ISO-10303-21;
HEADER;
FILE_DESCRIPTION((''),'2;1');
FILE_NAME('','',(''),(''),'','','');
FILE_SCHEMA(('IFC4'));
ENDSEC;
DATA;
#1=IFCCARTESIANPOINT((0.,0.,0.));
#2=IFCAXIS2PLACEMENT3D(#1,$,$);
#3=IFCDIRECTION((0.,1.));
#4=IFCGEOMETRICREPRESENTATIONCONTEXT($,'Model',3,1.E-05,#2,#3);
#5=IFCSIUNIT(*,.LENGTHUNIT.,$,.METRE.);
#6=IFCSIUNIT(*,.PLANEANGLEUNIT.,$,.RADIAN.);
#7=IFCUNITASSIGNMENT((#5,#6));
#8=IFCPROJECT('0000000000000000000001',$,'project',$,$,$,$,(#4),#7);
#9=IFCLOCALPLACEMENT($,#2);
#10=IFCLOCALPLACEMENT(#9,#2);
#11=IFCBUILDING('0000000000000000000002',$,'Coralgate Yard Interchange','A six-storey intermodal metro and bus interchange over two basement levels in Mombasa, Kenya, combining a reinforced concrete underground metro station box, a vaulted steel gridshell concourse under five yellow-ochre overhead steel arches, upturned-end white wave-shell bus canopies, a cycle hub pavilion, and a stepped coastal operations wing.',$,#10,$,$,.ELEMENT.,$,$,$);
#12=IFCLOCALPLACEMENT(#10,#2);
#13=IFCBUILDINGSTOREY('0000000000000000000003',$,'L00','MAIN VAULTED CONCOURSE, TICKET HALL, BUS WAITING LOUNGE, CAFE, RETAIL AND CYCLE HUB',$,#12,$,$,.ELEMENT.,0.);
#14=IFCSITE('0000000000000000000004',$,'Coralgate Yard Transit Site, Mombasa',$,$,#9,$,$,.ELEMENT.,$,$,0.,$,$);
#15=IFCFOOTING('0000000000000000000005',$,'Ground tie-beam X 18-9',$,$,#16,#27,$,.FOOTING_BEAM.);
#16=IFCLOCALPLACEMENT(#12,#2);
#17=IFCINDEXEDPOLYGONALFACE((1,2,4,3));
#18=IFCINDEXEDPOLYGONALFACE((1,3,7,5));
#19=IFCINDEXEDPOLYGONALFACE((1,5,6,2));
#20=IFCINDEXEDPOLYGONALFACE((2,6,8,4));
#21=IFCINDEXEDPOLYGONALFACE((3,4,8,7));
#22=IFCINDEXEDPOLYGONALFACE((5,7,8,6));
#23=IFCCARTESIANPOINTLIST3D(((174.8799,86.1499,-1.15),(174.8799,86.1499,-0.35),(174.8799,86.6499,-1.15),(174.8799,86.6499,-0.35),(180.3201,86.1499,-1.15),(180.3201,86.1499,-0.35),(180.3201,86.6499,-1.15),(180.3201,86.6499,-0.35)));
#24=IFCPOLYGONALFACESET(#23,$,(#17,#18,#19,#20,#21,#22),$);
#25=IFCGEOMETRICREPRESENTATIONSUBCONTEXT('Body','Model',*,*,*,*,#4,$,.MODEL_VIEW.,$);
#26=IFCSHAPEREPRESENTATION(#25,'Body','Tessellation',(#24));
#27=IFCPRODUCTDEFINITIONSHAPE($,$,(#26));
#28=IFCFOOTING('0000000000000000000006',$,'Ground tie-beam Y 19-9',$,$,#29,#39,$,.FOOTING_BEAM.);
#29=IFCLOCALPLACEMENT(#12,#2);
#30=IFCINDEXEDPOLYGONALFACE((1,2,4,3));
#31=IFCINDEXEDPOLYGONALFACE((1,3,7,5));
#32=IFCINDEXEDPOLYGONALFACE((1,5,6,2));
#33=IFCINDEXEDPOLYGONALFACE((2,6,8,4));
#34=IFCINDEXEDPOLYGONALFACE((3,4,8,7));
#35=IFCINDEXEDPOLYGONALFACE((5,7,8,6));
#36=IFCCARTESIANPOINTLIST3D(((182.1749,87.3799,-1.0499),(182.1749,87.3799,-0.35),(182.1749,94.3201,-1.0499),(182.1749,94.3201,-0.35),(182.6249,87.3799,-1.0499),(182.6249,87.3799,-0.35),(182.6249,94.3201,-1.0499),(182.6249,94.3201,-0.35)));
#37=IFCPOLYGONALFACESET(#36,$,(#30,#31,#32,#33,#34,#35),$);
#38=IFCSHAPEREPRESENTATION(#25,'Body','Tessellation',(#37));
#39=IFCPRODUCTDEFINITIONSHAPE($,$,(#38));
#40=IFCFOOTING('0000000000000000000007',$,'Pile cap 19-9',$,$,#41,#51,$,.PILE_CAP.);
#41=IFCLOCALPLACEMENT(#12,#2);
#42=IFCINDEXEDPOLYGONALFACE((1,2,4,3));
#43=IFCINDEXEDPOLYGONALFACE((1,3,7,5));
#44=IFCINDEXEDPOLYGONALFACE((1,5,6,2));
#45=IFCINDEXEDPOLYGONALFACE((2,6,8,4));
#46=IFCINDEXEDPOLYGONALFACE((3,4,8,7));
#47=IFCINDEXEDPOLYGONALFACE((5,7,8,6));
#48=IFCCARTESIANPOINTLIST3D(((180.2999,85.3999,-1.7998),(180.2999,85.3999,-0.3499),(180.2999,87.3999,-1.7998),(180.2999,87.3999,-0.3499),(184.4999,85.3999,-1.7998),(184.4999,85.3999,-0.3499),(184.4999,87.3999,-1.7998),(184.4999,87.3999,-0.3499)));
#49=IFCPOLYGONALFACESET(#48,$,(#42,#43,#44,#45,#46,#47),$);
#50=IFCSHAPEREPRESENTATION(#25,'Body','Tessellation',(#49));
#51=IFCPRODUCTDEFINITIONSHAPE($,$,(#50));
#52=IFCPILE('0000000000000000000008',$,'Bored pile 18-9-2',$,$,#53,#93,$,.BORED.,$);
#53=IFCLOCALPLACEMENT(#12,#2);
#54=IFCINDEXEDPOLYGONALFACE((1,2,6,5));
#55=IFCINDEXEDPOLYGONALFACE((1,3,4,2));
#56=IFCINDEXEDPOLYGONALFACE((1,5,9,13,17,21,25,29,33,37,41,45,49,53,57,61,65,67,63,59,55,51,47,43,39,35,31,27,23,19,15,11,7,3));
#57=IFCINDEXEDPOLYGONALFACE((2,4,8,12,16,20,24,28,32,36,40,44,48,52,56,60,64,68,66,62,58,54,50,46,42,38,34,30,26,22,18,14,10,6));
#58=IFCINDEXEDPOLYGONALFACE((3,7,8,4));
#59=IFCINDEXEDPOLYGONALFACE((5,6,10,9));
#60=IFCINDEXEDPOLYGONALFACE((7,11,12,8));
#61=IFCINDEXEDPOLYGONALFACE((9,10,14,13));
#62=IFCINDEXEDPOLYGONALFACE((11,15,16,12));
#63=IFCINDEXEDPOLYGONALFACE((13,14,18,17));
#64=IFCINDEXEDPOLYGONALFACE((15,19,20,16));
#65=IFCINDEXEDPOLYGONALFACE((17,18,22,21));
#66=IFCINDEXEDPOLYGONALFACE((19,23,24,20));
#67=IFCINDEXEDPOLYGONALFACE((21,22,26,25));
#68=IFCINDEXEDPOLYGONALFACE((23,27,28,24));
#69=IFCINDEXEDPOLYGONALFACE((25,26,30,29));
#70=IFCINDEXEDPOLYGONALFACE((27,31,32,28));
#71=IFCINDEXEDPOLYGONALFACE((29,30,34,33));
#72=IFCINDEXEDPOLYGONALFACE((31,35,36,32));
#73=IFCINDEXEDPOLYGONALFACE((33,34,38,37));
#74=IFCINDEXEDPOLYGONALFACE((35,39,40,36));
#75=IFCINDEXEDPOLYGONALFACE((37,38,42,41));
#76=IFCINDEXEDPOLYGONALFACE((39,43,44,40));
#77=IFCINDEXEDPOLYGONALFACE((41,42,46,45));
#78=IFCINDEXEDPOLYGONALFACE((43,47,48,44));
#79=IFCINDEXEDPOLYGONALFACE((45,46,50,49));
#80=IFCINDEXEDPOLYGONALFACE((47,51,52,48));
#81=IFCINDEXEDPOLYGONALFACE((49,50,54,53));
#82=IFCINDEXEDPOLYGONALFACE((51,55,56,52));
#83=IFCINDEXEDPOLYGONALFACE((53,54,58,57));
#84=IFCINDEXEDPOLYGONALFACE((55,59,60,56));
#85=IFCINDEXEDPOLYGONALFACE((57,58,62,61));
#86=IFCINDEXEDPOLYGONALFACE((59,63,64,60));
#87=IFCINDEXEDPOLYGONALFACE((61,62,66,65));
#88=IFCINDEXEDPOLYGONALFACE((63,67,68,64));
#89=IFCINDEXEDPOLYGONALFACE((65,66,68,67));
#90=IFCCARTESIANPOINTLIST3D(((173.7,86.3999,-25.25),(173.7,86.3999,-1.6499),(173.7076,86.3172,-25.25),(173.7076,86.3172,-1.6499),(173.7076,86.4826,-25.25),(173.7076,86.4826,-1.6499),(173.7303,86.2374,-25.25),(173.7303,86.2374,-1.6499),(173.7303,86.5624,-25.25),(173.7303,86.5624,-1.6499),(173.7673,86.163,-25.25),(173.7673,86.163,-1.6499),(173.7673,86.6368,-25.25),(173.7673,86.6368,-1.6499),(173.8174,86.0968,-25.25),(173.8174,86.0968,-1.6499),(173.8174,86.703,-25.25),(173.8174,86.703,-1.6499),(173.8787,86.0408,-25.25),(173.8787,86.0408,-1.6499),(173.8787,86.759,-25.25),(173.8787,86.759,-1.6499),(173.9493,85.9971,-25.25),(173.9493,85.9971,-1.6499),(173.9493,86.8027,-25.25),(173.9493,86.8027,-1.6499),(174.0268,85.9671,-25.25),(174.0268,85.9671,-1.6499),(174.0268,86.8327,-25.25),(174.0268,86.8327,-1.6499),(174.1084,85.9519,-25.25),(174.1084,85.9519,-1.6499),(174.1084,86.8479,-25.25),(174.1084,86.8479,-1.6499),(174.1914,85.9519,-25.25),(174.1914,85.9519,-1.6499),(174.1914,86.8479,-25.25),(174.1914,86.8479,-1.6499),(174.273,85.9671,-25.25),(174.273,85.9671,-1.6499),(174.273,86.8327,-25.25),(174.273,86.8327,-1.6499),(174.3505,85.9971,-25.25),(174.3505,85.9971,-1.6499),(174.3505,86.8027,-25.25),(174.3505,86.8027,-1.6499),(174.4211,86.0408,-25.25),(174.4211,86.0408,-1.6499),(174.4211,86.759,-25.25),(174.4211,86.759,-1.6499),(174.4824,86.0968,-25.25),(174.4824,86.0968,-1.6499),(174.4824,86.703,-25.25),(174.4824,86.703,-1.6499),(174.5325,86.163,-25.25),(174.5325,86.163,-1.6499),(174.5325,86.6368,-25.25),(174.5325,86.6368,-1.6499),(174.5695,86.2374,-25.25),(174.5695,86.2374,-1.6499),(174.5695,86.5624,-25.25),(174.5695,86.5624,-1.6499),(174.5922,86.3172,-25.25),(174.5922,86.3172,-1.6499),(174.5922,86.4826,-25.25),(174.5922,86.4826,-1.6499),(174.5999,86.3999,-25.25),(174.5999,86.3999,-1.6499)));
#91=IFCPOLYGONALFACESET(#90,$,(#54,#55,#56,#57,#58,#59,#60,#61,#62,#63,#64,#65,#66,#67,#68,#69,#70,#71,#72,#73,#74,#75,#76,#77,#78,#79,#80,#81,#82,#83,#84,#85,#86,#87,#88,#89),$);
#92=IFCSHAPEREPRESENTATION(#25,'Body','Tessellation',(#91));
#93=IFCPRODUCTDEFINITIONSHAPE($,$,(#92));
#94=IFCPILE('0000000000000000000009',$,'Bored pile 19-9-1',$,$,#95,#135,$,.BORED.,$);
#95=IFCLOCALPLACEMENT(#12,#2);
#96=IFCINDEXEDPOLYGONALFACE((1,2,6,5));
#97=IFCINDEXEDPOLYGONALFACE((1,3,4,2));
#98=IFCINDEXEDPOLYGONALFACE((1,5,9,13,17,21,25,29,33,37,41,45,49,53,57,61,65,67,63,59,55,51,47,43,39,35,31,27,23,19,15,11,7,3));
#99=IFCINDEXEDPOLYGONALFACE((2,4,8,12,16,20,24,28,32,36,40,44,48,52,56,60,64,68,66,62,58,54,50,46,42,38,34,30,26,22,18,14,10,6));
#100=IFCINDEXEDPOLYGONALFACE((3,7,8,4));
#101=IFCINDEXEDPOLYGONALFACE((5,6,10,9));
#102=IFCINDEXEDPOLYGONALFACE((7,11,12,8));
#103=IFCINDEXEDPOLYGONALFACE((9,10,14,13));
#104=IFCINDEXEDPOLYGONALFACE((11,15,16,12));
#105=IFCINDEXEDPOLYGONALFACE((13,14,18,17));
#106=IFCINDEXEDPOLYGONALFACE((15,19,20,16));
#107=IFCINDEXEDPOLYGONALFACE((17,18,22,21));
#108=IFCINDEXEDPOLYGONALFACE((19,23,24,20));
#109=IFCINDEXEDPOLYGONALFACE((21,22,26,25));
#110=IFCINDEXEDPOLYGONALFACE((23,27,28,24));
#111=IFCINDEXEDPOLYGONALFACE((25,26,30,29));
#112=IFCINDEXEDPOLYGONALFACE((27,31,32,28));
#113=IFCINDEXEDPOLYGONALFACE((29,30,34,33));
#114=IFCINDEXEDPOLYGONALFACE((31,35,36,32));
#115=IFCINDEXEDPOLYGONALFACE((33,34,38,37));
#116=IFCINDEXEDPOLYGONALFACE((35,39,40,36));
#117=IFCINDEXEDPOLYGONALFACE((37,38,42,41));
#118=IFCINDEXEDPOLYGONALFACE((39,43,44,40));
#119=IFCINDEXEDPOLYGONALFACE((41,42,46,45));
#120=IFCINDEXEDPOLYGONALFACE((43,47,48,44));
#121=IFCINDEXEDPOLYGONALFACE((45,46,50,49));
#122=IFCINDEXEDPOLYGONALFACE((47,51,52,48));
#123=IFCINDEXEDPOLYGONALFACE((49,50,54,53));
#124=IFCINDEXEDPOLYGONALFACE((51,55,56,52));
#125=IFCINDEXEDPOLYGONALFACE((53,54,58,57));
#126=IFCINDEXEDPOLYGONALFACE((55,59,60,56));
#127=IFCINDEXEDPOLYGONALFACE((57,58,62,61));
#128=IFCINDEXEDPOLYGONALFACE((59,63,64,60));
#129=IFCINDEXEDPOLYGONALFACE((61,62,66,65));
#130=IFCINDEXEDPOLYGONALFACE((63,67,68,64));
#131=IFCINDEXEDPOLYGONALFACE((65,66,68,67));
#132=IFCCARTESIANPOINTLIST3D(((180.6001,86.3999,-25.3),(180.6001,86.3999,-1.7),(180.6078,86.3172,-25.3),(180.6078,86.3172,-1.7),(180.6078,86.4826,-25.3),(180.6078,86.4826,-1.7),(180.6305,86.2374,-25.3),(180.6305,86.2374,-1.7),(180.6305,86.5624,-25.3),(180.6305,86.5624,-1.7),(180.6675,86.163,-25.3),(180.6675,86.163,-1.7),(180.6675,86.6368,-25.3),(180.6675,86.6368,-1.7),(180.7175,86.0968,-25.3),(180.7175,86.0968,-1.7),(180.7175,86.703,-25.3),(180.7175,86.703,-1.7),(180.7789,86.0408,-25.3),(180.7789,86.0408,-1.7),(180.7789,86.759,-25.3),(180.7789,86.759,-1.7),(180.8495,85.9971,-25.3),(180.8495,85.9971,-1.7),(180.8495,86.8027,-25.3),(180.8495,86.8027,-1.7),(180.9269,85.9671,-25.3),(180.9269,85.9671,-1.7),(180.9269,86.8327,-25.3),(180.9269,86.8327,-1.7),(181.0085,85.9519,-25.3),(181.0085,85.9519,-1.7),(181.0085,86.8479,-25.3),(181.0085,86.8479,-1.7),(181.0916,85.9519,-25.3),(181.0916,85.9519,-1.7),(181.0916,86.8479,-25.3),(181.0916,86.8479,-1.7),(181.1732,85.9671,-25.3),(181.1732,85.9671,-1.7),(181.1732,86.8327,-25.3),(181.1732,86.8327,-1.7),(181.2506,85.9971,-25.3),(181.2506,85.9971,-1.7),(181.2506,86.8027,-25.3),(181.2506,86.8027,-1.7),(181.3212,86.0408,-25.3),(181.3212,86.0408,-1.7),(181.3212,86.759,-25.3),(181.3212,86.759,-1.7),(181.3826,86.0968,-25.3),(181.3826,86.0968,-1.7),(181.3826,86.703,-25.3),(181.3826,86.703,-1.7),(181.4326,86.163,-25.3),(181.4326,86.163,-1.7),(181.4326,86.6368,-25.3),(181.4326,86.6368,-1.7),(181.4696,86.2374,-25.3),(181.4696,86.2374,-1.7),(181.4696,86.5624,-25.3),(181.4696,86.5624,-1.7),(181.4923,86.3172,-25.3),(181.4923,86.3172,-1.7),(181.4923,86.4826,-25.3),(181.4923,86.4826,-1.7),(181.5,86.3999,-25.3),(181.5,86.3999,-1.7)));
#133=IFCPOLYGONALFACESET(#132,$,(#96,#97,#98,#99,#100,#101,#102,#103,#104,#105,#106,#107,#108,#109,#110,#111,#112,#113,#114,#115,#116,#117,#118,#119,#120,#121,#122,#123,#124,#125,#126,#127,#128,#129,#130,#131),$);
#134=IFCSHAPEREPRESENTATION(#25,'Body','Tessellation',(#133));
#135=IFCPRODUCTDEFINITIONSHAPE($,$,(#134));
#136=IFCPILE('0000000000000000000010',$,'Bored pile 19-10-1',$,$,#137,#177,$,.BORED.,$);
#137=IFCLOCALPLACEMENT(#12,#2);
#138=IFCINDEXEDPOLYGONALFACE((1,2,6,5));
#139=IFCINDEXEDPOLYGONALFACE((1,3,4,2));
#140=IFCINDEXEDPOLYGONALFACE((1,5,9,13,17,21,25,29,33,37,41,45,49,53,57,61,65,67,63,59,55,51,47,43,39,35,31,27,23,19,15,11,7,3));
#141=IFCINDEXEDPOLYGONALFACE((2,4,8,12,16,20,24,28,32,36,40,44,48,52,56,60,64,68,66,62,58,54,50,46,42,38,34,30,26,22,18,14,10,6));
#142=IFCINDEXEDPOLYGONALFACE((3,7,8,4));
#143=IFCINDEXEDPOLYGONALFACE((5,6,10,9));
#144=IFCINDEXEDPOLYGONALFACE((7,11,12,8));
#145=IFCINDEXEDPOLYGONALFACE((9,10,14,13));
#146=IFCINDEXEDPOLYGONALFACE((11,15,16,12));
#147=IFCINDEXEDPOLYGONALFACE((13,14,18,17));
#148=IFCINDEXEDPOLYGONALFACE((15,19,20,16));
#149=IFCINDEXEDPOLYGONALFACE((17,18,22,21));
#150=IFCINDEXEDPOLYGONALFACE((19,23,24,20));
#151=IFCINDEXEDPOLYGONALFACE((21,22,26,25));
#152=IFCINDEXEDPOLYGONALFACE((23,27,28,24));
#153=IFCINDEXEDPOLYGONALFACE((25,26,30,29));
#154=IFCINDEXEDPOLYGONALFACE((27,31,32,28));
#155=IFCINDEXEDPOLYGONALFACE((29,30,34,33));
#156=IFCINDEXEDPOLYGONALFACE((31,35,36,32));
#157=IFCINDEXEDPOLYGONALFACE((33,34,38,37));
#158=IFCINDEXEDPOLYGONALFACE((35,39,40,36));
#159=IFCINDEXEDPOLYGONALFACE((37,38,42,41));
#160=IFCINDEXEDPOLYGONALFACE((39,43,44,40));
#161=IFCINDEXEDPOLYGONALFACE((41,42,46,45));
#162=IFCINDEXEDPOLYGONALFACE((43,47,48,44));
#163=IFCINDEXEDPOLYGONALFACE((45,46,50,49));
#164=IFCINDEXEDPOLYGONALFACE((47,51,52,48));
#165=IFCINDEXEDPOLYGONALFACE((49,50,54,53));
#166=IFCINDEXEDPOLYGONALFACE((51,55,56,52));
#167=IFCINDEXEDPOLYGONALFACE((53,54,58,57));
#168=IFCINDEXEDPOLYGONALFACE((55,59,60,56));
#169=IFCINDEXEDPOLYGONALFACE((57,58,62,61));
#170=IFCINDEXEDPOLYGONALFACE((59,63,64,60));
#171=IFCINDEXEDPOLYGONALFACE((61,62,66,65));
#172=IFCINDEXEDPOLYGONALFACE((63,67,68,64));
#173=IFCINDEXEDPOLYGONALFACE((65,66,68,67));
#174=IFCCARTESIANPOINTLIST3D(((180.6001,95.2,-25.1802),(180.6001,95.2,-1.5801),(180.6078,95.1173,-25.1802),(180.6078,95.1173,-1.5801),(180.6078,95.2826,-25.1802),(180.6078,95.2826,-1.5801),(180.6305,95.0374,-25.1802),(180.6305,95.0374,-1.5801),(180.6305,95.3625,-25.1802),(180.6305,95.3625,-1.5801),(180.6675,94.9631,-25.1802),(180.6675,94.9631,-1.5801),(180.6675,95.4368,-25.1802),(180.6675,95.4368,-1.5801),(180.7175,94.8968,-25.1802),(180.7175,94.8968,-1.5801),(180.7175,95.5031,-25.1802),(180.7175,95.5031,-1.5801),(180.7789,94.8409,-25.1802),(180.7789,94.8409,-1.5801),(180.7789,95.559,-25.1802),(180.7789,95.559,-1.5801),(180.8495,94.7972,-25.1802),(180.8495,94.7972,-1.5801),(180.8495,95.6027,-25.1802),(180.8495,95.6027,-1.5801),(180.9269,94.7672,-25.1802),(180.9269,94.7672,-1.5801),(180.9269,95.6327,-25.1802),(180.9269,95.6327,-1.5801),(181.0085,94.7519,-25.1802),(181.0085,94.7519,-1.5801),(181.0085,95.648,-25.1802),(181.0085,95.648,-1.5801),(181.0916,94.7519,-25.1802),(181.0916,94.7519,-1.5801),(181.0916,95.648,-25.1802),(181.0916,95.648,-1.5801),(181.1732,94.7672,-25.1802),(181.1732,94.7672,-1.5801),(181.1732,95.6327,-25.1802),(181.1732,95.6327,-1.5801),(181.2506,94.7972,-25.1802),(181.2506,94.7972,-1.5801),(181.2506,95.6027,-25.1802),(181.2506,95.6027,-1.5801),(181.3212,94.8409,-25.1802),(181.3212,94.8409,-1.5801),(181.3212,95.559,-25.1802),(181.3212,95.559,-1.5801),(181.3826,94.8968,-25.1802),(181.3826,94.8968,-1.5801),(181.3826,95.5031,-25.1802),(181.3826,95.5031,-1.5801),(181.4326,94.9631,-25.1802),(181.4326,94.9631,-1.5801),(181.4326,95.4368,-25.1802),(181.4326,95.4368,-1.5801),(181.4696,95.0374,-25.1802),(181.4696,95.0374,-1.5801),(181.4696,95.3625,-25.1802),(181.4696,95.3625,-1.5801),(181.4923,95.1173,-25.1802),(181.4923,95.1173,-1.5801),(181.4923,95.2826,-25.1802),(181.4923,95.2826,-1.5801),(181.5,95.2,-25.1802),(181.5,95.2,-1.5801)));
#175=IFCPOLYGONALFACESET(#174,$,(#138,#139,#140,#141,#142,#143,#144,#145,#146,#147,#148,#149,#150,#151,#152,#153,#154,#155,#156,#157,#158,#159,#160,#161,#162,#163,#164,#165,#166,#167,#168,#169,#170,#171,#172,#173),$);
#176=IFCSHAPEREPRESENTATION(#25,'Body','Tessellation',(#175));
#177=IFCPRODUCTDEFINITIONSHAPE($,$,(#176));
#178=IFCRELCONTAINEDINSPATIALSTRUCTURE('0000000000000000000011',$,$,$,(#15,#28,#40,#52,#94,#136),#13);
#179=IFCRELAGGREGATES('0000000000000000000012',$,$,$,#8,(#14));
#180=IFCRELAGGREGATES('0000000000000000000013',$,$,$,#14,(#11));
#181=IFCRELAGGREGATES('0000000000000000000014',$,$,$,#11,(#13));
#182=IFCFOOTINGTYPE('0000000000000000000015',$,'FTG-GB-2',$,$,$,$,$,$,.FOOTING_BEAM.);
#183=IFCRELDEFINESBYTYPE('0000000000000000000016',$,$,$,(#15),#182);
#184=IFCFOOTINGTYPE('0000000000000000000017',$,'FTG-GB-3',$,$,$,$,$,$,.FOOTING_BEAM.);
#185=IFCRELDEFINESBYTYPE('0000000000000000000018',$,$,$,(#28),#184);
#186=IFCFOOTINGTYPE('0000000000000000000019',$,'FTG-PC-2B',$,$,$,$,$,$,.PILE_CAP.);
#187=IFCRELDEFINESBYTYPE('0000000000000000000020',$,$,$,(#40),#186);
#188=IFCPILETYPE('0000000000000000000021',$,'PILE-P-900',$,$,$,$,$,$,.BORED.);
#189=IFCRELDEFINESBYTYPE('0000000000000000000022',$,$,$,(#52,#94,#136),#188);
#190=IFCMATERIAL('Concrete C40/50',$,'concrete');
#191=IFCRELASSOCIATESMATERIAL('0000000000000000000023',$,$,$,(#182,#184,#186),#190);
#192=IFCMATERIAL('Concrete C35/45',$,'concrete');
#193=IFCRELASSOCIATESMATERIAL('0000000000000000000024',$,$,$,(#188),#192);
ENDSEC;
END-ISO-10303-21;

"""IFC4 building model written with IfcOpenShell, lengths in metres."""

from ifc_helpers import new_model, si_unit, direction, frame, origin, origin_2d, place, context, subcontext, project, spatial, rectangle, circle, extrude, material, material_profile, profile_set, type_object, element, save


model = new_model("IFC4")

# Units and contexts
model_context = context("Model", 3, precision=1e-05, world=origin(), true_north=direction((0.0, 1.0)))
body_context = subcontext(model_context, "Body", "Model", "MODEL_VIEW")
ifc_project = project(units=[si_unit("LENGTHUNIT", "METRE"), si_unit("PLANEANGLEUNIT", "RADIAN")], contexts=[model_context])

# Site, building, storey
site_placement = place(None, origin())
site = spatial("IfcSite", under=ifc_project, at=site_placement, Name="Coralgate Yard Transit Site, Mombasa", CompositionType="ELEMENT", RefElevation=0.0)
building_placement = place(site_placement, origin())
building = spatial("IfcBuilding", under=site, at=building_placement, Name="Coralgate Yard Interchange", Description="A six-storey intermodal metro and bus interchange over two basement levels in Mombasa, Kenya, combining a reinforced concrete underground metro station box, a vaulted steel gridshell concourse under five yellow-ochre overhead steel arches, upturned-end white wave-shell bus canopies, a cycle hub pavilion, and a stepped coastal operations wing.", CompositionType="ELEMENT")
storey_placement = place(building_placement, origin())
storey = spatial("IfcBuildingStorey", under=building, at=storey_placement, Name="L00", Description="MAIN VAULTED CONCOURSE, TICKET HALL, BUS WAITING LOUNGE, CAFE, RETAIL AND CYCLE HUB", CompositionType="ELEMENT", Elevation=0.0)

# Footings
ifc_material_1 = material(Name="Concrete C40/50", Category="concrete")
ifc_material_profile_1 = material_profile(ifc_material_1, rectangle(XDim=0.5, YDim=0.8, at=origin_2d()), Name="RC 500x800")
ifc_profile_set_1 = profile_set([ifc_material_profile_1], Name="Concrete C40/50")
footing_type_1 = type_object("IfcFootingType", Name="FTG-GB-2", PredefinedType="FOOTING_BEAM", material=ifc_profile_set_1)
footing_1_placement = place(storey_placement, frame((174.8799, 86.3999, -0.75), z_axis=(1.0, 0.0, 0.0), x_axis=(0.0, 1.0, 0.0)))
element("IfcFooting", 1, at=footing_1_placement, inside=storey, type_object=footing_type_1, Name="Ground tie-beam X 18-9", PredefinedType="FOOTING_BEAM", context=body_context, shape_type="SweptSolid", body=[
    extrude(rectangle(XDim=0.5, YDim=0.8, at=origin_2d()), origin(), (0.0, 0.0, 1.0), 5.4402),
])
ifc_material_profile_2 = material_profile(ifc_material_1, rectangle(XDim=0.45, YDim=0.7, at=origin_2d()), Name="RC 450x700")
ifc_profile_set_2 = profile_set([ifc_material_profile_2], Name="Concrete C40/50")
footing_type_2 = type_object("IfcFootingType", Name="FTG-GB-3", PredefinedType="FOOTING_BEAM", material=ifc_profile_set_2)
footing_2_placement = place(storey_placement, frame((182.3999, 87.3799, -0.7), z_axis=(0.0, 1.0, 0.0), x_axis=(-1.0, 0.0, 0.0)))
element("IfcFooting", 2, at=footing_2_placement, inside=storey, type_object=footing_type_2, Name="Ground tie-beam Y 19-9", PredefinedType="FOOTING_BEAM", context=body_context, shape_type="SweptSolid", body=[
    extrude(rectangle(XDim=0.45, YDim=0.7, at=origin_2d()), origin(), (0.0, 0.0, 1.0), 6.9402),
])
footing_type_3 = type_object("IfcFootingType", Name="FTG-PC-2B", PredefinedType="PILE_CAP", material=ifc_material_1)
footing_3_placement = place(storey_placement, frame((182.3999, 86.3999, -1.7998), z_axis=(0.0, 0.0, 1.0), x_axis=(1.0, 0.0, 0.0)))
element("IfcFooting", 3, at=footing_3_placement, inside=storey, type_object=footing_type_3, Name="Pile cap 19-9", PredefinedType="PILE_CAP", context=body_context, shape_type="SweptSolid", body=[
    extrude(rectangle(XDim=4.2, YDim=2.0, at=origin_2d()), origin(), (0.0, 0.0, 1.0), 1.45),
])

# Piles
ifc_material_2 = material(Name="Concrete C35/45", Category="concrete")
ifc_material_profile_3 = material_profile(ifc_material_2, circle(Radius=0.45, at=origin_2d()), Name="BORED PILE D900")
ifc_profile_set_3 = profile_set([ifc_material_profile_3], Name="Concrete C35/45")
pile_type = type_object("IfcPileType", Name="PILE-P-900", PredefinedType="BORED", material=ifc_profile_set_3)
for number, where, z_axis, x_axis, name in (
    (4, (174.1499, 86.3999, -1.6499), (0.0, 0.0, -1.0), (1.0, 0.0, 0.0), "Bored pile 18-9-2"),
    (5, (181.05, 86.3999, -1.7), (0.0, 0.0, -1.0), (1.0, 0.0, 0.0), "Bored pile 19-9-1"),
    (6, (181.05, 95.2, -1.5801), (0.0, 0.0, -1.0), (1.0, 0.0, 0.0), "Bored pile 19-10-1"),
):
    element("IfcPile", number, at=place(storey_placement, frame(where, z_axis=z_axis, x_axis=x_axis)), inside=storey, type_object=pile_type, Name=name, PredefinedType="BORED", context=body_context, shape_type="SweptSolid", body=[
        extrude(circle(Radius=0.45, at=origin_2d()), origin(), (0.0, 0.0, 1.0), 23.6001),
    ])

save(model, "model.ifc")
